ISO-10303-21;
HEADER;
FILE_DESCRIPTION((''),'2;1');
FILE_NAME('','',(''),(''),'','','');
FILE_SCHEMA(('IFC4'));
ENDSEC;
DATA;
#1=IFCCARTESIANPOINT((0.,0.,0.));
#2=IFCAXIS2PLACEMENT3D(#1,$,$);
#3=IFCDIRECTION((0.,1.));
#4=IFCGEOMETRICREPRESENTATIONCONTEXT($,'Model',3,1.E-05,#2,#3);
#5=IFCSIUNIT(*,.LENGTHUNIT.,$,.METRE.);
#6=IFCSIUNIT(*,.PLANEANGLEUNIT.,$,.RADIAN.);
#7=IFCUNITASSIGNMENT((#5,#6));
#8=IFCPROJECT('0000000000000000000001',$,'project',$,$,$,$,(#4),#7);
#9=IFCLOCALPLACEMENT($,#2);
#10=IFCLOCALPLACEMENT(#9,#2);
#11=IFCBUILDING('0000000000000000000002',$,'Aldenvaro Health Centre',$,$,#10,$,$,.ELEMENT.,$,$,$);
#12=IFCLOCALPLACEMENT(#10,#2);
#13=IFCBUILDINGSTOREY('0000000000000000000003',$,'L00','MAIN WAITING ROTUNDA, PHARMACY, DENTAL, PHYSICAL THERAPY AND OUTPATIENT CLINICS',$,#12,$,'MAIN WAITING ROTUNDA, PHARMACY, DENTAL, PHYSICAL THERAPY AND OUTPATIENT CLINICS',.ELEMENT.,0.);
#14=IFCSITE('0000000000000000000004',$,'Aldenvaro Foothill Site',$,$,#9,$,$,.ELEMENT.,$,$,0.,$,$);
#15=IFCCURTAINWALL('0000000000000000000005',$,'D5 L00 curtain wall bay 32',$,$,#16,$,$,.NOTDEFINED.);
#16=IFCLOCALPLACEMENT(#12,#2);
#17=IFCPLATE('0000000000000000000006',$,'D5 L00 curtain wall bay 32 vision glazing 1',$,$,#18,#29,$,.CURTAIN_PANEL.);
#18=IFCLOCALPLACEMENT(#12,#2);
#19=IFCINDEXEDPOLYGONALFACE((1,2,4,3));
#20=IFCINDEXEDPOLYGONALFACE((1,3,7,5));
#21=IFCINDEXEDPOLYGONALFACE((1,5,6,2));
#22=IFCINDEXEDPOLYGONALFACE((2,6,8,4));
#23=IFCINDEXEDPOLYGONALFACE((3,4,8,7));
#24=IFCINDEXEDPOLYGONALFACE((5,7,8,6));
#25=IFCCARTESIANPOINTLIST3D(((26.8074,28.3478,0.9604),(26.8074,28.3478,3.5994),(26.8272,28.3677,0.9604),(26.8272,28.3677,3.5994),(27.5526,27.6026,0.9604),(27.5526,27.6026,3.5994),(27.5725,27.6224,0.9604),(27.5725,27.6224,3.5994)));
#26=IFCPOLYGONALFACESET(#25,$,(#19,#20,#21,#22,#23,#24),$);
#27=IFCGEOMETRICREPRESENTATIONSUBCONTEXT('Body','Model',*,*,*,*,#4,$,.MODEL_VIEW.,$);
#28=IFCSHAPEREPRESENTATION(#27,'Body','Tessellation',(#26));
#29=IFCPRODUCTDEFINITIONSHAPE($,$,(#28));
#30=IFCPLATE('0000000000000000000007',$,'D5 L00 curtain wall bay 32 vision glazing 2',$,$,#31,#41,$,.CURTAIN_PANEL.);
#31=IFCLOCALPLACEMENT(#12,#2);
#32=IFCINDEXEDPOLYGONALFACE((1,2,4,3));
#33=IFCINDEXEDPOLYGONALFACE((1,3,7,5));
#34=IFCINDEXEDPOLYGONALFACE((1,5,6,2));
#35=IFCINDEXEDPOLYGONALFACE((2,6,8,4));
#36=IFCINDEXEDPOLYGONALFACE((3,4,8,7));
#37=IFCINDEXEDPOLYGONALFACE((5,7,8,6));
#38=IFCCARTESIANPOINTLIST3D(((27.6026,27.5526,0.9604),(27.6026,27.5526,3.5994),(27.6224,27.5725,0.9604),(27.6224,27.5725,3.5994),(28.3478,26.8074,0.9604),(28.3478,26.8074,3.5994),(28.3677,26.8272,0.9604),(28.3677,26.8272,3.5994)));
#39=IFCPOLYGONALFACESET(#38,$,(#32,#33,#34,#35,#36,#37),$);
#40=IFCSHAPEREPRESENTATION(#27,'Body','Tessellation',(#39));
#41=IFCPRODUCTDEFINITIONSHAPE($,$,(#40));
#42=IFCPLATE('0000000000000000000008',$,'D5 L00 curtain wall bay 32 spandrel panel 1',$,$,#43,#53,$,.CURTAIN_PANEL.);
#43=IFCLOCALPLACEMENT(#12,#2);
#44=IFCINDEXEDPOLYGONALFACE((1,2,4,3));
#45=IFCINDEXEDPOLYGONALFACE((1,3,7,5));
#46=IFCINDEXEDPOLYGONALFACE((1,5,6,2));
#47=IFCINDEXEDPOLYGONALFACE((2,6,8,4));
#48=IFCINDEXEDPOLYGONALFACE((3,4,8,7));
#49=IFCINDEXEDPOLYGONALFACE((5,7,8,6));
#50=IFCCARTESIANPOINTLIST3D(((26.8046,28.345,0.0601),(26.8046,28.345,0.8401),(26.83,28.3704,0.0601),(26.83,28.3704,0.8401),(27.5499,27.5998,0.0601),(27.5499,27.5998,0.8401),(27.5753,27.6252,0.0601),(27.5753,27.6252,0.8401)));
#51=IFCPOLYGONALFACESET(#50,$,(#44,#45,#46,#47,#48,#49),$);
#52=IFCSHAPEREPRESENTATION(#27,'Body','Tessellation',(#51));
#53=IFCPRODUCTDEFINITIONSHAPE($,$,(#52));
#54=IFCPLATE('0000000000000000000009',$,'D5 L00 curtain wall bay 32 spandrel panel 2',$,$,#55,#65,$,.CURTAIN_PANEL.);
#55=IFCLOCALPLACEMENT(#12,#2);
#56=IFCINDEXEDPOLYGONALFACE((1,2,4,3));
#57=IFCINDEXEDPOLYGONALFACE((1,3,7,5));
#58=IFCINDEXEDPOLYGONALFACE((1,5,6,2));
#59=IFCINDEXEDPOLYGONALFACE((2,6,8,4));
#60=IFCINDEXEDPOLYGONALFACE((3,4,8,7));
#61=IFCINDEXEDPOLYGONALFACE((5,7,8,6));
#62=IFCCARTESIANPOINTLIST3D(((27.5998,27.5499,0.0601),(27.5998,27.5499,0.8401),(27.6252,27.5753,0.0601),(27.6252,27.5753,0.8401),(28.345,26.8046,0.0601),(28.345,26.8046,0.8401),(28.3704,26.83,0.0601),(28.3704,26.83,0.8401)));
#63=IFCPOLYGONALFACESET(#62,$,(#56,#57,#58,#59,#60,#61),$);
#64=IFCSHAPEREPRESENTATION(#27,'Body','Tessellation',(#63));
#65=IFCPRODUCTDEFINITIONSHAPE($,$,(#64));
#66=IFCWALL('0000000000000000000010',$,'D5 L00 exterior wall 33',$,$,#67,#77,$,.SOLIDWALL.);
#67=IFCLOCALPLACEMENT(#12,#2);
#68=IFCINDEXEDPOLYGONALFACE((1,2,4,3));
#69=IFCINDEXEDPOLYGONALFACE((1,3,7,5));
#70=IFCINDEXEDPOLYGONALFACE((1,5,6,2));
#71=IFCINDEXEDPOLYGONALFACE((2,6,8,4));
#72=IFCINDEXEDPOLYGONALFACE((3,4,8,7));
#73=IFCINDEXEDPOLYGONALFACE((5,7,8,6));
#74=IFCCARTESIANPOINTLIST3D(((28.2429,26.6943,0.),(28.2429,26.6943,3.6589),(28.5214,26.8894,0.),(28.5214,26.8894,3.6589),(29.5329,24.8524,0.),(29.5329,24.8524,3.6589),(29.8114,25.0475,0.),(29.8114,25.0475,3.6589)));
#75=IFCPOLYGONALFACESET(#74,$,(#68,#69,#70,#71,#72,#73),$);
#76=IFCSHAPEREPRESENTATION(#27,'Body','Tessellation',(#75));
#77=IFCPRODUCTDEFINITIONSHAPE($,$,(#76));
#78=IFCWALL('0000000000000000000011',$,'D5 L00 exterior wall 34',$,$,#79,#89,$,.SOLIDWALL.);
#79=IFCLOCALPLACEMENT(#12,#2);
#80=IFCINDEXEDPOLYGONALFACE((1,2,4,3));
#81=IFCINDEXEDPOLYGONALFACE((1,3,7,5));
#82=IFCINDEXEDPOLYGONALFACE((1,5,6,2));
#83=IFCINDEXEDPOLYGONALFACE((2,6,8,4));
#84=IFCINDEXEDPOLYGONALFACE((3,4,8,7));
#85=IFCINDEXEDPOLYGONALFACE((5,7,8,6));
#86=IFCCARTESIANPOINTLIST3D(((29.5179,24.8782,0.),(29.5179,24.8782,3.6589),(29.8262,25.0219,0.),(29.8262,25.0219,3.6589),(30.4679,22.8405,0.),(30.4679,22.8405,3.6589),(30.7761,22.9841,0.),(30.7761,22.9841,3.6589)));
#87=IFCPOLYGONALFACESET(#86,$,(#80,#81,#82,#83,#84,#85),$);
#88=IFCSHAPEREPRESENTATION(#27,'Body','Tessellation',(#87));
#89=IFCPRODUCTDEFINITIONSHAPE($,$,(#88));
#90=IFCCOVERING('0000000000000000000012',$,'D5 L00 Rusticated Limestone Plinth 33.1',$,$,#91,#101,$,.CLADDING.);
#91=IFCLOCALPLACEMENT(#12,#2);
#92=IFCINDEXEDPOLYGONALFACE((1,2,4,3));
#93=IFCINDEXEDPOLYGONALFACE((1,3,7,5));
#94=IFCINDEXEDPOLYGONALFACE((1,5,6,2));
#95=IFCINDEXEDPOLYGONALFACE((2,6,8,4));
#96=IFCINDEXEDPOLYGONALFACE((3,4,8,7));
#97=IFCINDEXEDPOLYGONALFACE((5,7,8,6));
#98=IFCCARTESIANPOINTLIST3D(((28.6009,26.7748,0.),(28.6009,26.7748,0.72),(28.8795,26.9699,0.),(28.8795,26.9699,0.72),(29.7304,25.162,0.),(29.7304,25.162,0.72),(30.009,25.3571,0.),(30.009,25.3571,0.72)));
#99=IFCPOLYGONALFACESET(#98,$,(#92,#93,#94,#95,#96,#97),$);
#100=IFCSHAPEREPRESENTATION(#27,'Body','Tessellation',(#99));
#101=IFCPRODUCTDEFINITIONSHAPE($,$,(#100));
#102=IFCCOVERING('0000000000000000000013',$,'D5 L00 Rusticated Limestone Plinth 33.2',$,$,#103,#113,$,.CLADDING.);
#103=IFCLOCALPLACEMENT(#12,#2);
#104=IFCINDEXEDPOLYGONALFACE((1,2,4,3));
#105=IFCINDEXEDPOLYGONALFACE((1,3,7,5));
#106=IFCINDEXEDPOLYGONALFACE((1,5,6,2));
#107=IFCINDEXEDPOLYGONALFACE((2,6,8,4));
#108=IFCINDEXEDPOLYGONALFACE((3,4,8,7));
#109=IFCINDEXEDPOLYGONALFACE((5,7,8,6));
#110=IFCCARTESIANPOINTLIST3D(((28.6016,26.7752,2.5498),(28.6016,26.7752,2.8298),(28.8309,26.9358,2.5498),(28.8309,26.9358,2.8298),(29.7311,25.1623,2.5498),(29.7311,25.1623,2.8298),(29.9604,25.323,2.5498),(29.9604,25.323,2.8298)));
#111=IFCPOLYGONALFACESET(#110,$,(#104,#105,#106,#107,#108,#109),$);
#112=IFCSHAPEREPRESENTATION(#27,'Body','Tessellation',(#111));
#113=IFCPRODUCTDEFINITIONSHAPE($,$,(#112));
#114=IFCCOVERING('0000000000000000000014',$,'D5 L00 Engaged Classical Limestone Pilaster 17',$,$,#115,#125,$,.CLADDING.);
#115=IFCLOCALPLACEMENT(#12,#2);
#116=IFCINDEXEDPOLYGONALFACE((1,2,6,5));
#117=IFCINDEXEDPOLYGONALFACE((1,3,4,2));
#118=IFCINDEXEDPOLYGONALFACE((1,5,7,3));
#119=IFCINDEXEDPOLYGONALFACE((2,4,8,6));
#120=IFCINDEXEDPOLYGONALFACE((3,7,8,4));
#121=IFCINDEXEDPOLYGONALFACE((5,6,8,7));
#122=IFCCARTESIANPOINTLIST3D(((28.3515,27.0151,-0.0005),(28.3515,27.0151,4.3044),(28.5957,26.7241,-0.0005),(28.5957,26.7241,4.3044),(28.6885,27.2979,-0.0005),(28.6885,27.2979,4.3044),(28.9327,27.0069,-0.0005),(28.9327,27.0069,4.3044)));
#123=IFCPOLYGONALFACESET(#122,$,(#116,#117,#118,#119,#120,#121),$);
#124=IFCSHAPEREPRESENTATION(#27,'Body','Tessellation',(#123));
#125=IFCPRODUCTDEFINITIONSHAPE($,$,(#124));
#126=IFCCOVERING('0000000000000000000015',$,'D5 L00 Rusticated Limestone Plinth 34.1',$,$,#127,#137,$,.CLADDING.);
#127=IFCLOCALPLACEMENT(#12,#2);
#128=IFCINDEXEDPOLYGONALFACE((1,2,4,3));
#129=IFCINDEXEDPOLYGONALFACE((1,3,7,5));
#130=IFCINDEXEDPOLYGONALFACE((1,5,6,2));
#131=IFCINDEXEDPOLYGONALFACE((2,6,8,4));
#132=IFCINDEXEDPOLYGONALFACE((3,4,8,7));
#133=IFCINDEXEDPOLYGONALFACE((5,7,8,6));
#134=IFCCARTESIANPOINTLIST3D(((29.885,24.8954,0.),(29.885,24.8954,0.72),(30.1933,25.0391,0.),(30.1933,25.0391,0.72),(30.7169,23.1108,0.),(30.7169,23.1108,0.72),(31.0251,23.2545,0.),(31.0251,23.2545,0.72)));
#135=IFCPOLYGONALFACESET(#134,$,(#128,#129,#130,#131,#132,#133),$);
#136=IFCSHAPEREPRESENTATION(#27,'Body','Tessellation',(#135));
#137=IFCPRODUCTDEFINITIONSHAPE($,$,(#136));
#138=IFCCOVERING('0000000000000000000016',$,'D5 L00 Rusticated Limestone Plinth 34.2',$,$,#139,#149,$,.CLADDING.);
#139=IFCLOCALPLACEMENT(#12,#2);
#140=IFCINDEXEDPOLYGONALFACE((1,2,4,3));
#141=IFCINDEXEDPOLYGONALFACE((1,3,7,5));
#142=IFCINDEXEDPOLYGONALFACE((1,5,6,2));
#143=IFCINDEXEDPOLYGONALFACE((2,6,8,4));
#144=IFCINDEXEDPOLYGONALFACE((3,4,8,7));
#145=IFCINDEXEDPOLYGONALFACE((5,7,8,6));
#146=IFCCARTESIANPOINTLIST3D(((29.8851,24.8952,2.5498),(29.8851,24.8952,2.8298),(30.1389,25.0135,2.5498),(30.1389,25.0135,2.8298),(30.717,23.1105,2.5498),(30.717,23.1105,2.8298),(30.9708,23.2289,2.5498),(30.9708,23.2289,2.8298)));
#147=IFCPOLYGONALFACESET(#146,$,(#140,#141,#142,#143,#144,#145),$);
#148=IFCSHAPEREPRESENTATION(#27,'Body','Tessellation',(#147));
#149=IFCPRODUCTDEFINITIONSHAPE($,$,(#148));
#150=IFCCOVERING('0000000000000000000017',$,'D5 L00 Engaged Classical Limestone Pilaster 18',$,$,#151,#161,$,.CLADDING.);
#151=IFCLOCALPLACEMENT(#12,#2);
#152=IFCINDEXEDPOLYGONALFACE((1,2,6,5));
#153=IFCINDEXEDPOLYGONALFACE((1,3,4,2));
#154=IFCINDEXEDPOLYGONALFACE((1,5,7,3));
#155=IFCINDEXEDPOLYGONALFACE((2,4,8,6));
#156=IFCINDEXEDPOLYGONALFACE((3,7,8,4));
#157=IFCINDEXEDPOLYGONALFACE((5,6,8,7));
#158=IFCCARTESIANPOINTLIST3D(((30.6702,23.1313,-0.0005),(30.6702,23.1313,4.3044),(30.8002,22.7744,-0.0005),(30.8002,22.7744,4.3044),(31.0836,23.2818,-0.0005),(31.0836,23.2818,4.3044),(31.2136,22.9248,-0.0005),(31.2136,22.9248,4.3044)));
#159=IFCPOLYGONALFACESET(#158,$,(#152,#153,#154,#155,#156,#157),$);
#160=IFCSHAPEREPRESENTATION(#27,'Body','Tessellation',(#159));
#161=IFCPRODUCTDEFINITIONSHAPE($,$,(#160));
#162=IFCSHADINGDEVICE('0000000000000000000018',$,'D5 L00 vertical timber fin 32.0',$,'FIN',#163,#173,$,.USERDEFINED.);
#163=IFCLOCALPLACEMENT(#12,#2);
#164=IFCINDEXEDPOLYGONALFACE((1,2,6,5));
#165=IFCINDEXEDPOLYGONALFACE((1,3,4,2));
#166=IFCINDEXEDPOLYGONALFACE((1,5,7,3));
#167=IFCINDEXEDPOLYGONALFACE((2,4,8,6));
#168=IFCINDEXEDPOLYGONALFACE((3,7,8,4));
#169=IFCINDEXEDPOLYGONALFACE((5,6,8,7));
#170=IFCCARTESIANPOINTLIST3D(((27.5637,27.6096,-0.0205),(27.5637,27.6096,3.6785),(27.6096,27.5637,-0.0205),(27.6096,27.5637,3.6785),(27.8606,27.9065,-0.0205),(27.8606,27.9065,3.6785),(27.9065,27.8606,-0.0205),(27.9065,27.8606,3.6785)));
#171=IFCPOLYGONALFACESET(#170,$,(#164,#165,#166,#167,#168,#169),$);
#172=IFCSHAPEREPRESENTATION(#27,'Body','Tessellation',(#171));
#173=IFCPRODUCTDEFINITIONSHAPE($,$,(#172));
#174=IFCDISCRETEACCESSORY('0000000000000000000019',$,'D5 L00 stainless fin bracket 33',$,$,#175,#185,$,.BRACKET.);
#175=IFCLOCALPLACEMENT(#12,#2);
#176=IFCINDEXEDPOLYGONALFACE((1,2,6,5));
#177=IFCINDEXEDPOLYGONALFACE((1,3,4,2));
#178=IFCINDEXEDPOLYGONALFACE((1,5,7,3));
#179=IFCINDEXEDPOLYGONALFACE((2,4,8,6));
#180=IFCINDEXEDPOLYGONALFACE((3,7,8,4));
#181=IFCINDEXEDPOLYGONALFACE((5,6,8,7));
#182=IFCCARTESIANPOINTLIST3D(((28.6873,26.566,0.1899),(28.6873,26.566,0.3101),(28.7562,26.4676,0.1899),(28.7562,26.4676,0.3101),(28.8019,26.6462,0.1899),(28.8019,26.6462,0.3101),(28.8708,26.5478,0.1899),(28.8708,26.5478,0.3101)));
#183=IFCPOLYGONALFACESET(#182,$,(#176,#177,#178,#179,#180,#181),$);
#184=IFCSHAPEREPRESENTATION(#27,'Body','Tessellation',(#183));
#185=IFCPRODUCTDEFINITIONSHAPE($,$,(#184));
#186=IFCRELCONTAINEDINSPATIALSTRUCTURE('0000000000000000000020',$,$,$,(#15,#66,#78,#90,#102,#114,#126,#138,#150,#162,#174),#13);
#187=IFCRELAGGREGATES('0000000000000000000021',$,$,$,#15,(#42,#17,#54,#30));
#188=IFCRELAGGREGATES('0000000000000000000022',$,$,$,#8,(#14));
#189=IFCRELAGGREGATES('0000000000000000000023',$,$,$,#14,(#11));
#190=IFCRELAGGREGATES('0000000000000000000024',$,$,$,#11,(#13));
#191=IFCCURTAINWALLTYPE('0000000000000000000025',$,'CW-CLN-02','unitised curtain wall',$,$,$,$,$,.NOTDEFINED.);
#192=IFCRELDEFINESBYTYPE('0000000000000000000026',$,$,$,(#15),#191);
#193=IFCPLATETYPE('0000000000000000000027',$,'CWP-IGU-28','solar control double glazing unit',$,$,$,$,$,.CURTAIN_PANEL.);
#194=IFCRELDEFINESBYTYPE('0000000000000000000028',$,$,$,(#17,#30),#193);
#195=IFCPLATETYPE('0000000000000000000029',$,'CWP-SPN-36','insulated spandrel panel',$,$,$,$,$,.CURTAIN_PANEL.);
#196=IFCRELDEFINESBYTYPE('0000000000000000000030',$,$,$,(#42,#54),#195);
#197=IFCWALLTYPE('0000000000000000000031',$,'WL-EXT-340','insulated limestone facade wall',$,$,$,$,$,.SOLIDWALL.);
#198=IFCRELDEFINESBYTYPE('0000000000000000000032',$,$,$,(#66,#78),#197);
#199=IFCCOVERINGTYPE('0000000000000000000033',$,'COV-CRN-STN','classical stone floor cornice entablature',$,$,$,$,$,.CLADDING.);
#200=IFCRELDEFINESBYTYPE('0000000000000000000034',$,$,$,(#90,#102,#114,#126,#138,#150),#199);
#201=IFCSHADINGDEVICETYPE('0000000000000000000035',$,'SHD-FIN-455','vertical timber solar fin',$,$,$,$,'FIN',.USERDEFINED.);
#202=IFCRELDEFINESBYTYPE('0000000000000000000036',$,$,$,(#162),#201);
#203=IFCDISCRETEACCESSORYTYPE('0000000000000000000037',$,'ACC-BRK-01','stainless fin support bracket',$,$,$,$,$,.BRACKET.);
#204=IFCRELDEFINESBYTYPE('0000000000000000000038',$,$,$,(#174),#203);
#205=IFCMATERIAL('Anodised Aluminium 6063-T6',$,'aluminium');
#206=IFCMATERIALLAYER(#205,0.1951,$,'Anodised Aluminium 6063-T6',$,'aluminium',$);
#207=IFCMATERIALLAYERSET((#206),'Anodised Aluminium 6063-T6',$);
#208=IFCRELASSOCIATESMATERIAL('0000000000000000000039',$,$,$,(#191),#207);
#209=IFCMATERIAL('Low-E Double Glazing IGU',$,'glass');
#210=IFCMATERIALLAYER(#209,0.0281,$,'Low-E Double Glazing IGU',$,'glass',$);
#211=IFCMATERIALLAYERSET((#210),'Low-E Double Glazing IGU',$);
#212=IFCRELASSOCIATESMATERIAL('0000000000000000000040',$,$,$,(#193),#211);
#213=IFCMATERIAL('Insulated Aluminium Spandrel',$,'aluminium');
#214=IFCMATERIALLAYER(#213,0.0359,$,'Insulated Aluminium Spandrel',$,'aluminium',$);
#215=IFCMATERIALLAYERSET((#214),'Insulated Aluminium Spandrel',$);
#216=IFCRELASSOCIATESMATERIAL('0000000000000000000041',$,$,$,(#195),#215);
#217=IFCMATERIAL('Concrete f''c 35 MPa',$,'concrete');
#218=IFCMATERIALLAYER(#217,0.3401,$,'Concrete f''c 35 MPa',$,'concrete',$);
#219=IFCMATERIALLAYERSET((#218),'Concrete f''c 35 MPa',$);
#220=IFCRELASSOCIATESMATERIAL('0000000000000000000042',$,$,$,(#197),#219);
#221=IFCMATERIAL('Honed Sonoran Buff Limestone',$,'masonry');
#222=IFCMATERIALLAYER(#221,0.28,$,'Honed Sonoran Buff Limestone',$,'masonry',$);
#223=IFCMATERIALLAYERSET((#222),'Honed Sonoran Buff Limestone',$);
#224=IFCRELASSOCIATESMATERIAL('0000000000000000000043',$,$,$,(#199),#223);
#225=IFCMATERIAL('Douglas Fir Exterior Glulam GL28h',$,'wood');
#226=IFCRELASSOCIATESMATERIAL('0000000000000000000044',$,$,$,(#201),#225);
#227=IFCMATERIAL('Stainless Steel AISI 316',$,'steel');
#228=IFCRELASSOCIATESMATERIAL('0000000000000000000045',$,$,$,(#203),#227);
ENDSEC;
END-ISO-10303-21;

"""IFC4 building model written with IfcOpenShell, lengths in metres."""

from ifc_helpers import new_model, si_unit, direction, frame, frame_2d, origin, origin_2d, place, context, subcontext, project, spatial, rectangle, extrude, material, layer, layer_set, type_object, element, aggregate, save


model = new_model("IFC4")

# Units and contexts
model_context = context("Model", 3, precision=1e-05, world=origin(), true_north=direction((0.0, 1.0)))
body_context = subcontext(model_context, "Body", "Model", "MODEL_VIEW")
ifc_project = project(units=[si_unit("LENGTHUNIT", "METRE"), si_unit("PLANEANGLEUNIT", "RADIAN")], contexts=[model_context])

# Site, building, storey
site_placement = place(None, origin())
site = spatial("IfcSite", under=ifc_project, at=site_placement, Name="Aldenvaro Foothill Site", CompositionType="ELEMENT", RefElevation=0.0)
building_placement = place(site_placement, origin())
building = spatial("IfcBuilding", under=site, at=building_placement, Name="Aldenvaro Health Centre", CompositionType="ELEMENT")
storey_placement = place(building_placement, origin())
storey = spatial("IfcBuildingStorey", under=building, at=storey_placement, Name="L00", Description="MAIN WAITING ROTUNDA, PHARMACY, DENTAL, PHYSICAL THERAPY AND OUTPATIENT CLINICS", LongName="MAIN WAITING ROTUNDA, PHARMACY, DENTAL, PHYSICAL THERAPY AND OUTPATIENT CLINICS", CompositionType="ELEMENT", Elevation=0.0)

# Curtain wall
ifc_material_1 = material(Name="Anodised Aluminium 6063-T6", Category="aluminium")
ifc_layer_1 = layer(ifc_material_1, 0.1951, Name="Anodised Aluminium 6063-T6", Category="aluminium")
ifc_layer_set_1 = layer_set([ifc_layer_1], Name="Anodised Aluminium 6063-T6")
curtain_wall_type = type_object("IfcCurtainWallType", Name="CW-CLN-02", Description="unitised curtain wall", PredefinedType="NOTDEFINED", material=ifc_layer_set_1)
curtain_wall_placement = place(storey_placement, origin())
curtain_wall = element("IfcCurtainWall", 1, at=curtain_wall_placement, inside=storey, type_object=curtain_wall_type, Name="D5 L00 curtain wall bay 32", PredefinedType="NOTDEFINED")

# Plates
ifc_material_2 = material(Name="Low-E Double Glazing IGU", Category="glass")
ifc_layer_2 = layer(ifc_material_2, 0.0281, Name="Low-E Double Glazing IGU", Category="glass")
ifc_layer_set_2 = layer_set([ifc_layer_2], Name="Low-E Double Glazing IGU")
plate_type_1 = type_object("IfcPlateType", Name="CWP-IGU-28", Description="solar control double glazing unit", PredefinedType="CURTAIN_PANEL", material=ifc_layer_set_2)
plate_1_placement = place(storey_placement, frame((27.1899, 27.9851, 0.9604), z_axis=(0.0, 0.0, 1.0), x_axis=(0.707107, -0.707107, 0.0)))
plate_1 = element("IfcPlate", 2, at=plate_1_placement, type_object=plate_type_1, Name="D5 L00 curtain wall bay 32 vision glazing 1", PredefinedType="CURTAIN_PANEL", context=body_context, shape_type="SweptSolid", body=[
    extrude(rectangle(XDim=1.054, YDim=0.0281, at=origin_2d()), origin(), (0.0, 0.0, 1.0), 2.6389),
])
plate_2_placement = place(storey_placement, frame((27.9851, 27.1899, 0.9604), z_axis=(0.0, 0.0, 1.0), x_axis=(0.707107, -0.707107, 0.0)))
plate_2 = element("IfcPlate", 3, at=plate_2_placement, type_object=plate_type_1, Name="D5 L00 curtain wall bay 32 vision glazing 2", PredefinedType="CURTAIN_PANEL", context=body_context, shape_type="SweptSolid", body=[
    extrude(rectangle(XDim=1.054, YDim=0.0281, at=origin_2d()), origin(), (0.0, 0.0, 1.0), 2.6389),
])
ifc_material_3 = material(Name="Insulated Aluminium Spandrel", Category="aluminium")
ifc_layer_3 = layer(ifc_material_3, 0.0359, Name="Insulated Aluminium Spandrel", Category="aluminium")
ifc_layer_set_3 = layer_set([ifc_layer_3], Name="Insulated Aluminium Spandrel")
plate_type_2 = type_object("IfcPlateType", Name="CWP-SPN-36", Description="insulated spandrel panel", PredefinedType="CURTAIN_PANEL", material=ifc_layer_set_3)
plate_3_placement = place(storey_placement, frame((27.1899, 27.9851, 0.0601), z_axis=(0.0, 0.0, 1.0), x_axis=(0.707107, -0.707107, 0.0)))
plate_3 = element("IfcPlate", 4, at=plate_3_placement, type_object=plate_type_2, Name="D5 L00 curtain wall bay 32 spandrel panel 1", PredefinedType="CURTAIN_PANEL", context=body_context, shape_type="SweptSolid", body=[
    extrude(rectangle(XDim=1.054, YDim=0.0359, at=origin_2d()), origin(), (0.0, 0.0, 1.0), 0.78),
])
plate_4_placement = place(storey_placement, frame((27.9851, 27.1899, 0.0601), z_axis=(0.0, 0.0, 1.0), x_axis=(0.707107, -0.707107, 0.0)))
plate_4 = element("IfcPlate", 5, at=plate_4_placement, type_object=plate_type_2, Name="D5 L00 curtain wall bay 32 spandrel panel 2", PredefinedType="CURTAIN_PANEL", context=body_context, shape_type="SweptSolid", body=[
    extrude(rectangle(XDim=1.054, YDim=0.0359, at=origin_2d()), origin(), (0.0, 0.0, 1.0), 0.78),
])
aggregate(curtain_wall, [plate_3, plate_1, plate_4, plate_2])

# Walls
ifc_material_4 = material(Name="Concrete f'c 35 MPa", Category="concrete")
ifc_layer_4 = layer(ifc_material_4, 0.3401, Name="Concrete f'c 35 MPa", Category="concrete")
ifc_layer_set_4 = layer_set([ifc_layer_4], Name="Concrete f'c 35 MPa")
wall_type = type_object("IfcWallType", Name="WL-EXT-340", Description="insulated limestone facade wall", PredefinedType="SOLIDWALL", material=ifc_layer_set_4)
wall_1_placement = place(storey_placement, frame((28.3821, 26.792, 0.0), z_axis=(0.0, 0.0, 1.0), x_axis=(0.573644, -0.819104, 0.0)))
element("IfcWall", 6, at=wall_1_placement, inside=storey, type_object=wall_type, Name="D5 L00 exterior wall 33", PredefinedType="SOLIDWALL", context=body_context, shape_type="SweptSolid", body=[
    extrude(rectangle(XDim=2.2488, YDim=0.3401, at=frame_2d((1.1245, 0.0))), origin(), (0.0, 0.0, 1.0), 3.6589),
])
wall_2_placement = place(storey_placement, frame((29.6721, 24.95, 0.0), z_axis=(0.0, 0.0, 1.0), x_axis=(0.422505, -0.906361, 0.0)))
element("IfcWall", 7, at=wall_2_placement, inside=storey, type_object=wall_type, Name="D5 L00 exterior wall 34", PredefinedType="SOLIDWALL", context=body_context, shape_type="SweptSolid", body=[
    extrude(rectangle(XDim=2.2483, YDim=0.3401, at=frame_2d((1.124, 0.0))), origin(), (0.0, 0.0, 1.0), 3.6589),
])

# Coverings
ifc_material_5 = material(Name="Honed Sonoran Buff Limestone", Category="masonry")
ifc_layer_5 = layer(ifc_material_5, 0.28, Name="Honed Sonoran Buff Limestone", Category="masonry")
ifc_layer_set_5 = layer_set([ifc_layer_5], Name="Honed Sonoran Buff Limestone")
covering_type = type_object("IfcCoveringType", Name="COV-CRN-STN", Description="classical stone floor cornice entablature", PredefinedType="CLADDING", material=ifc_layer_set_5)
covering_1_placement = place(storey_placement, frame((29.3049, 26.0659, 0.0), z_axis=(0.0, 0.0, 1.0), x_axis=(0.573641, -0.819107, 0.0)))
element("IfcCovering", 8, at=covering_1_placement, inside=storey, type_object=covering_type, Name="D5 L00 Rusticated Limestone Plinth 33.1", PredefinedType="CLADDING", context=body_context, shape_type="SweptSolid", body=[
    extrude(rectangle(XDim=1.969, YDim=0.3401, at=origin_2d()), origin(), (0.0, 0.0, 1.0), 0.72),
])
covering_2_placement = place(storey_placement, frame((29.281, 26.0491, 2.5498), z_axis=(0.0, 0.0, 1.0), x_axis=(0.573641, -0.819107, 0.0)))
element("IfcCovering", 9, at=covering_2_placement, inside=storey, type_object=covering_type, Name="D5 L00 Rusticated Limestone Plinth 33.2", PredefinedType="CLADDING", context=body_context, shape_type="SweptSolid", body=[
    extrude(rectangle(XDim=1.969, YDim=0.28, at=origin_2d()), origin(), (0.0, 0.0, 1.0), 0.28),
])
covering_3_placement = place(storey_placement, frame((28.6421, 27.011, -0.0005), z_axis=(0.0, 0.0, 1.0), x_axis=(0.766044, 0.642788, 0.0)))
element("IfcCovering", 10, at=covering_3_placement, inside=storey, type_object=covering_type, Name="D5 L00 Engaged Classical Limestone Pilaster 17", PredefinedType="CLADDING", context=body_context, shape_type="SweptSolid", body=[
    extrude(rectangle(XDim=0.4399, YDim=0.3799, at=origin_2d()), origin(), (0.0, 0.0, 1.0), 4.3049),
])
covering_4_placement = place(storey_placement, frame((30.4551, 24.075, 0.0), z_axis=(0.0, 0.0, 1.0), x_axis=(0.422496, -0.906365, 0.0)))
element("IfcCovering", 11, at=covering_4_placement, inside=storey, type_object=covering_type, Name="D5 L00 Rusticated Limestone Plinth 34.1", PredefinedType="CLADDING", context=body_context, shape_type="SweptSolid", body=[
    extrude(rectangle(XDim=1.969, YDim=0.3401, at=origin_2d()), origin(), (0.0, 0.0, 1.0), 0.72),
])
covering_5_placement = place(storey_placement, frame((30.428, 24.062, 2.5498), z_axis=(0.0, 0.0, 1.0), x_axis=(0.422496, -0.906365, 0.0)))
element("IfcCovering", 12, at=covering_5_placement, inside=storey, type_object=covering_type, Name="D5 L00 Rusticated Limestone Plinth 34.2", PredefinedType="CLADDING", context=body_context, shape_type="SweptSolid", body=[
    extrude(rectangle(XDim=1.969, YDim=0.28, at=origin_2d()), origin(), (0.0, 0.0, 1.0), 0.28),
])
covering_6_placement = place(storey_placement, frame((30.9419, 23.0281, -0.0005), z_axis=(0.0, 0.0, 1.0), x_axis=(0.939694, 0.342017, 0.0)))
element("IfcCovering", 13, at=covering_6_placement, inside=storey, type_object=covering_type, Name="D5 L00 Engaged Classical Limestone Pilaster 18", PredefinedType="CLADDING", context=body_context, shape_type="SweptSolid", body=[
    extrude(rectangle(XDim=0.4399, YDim=0.3799, at=origin_2d()), origin(), (0.0, 0.0, 1.0), 4.3049),
])

# Shading device
ifc_material_6 = material(Name="Douglas Fir Exterior Glulam GL28h", Category="wood")
shading_device_type = type_object("IfcShadingDeviceType", Name="SHD-FIN-455", Description="vertical timber solar fin", ElementType="FIN", PredefinedType="USERDEFINED", material=ifc_material_6)
shading_device_placement = place(storey_placement, frame((27.7351, 27.7351, -0.0205), z_axis=(0.0, 0.0, 1.0), x_axis=(0.707107, -0.707107, 0.0)))
element("IfcShadingDevice", 14, at=shading_device_placement, inside=storey, type_object=shading_device_type, Name="D5 L00 vertical timber fin 32.0", ObjectType="FIN", PredefinedType="USERDEFINED", context=body_context, shape_type="SweptSolid", body=[
    extrude(rectangle(XDim=0.0649, YDim=0.4199, at=origin_2d()), origin(), (0.0, 0.0, 1.0), 3.699),
])

# Discrete accessory
ifc_material_7 = material(Name="Stainless Steel AISI 316", Category="steel")
discrete_accessory_type = type_object("IfcDiscreteAccessoryType", Name="ACC-BRK-01", Description="stainless fin support bracket", PredefinedType="BRACKET", material=ifc_material_7)
discrete_accessory_placement = place(storey_placement, frame((28.7791, 26.5569, 0.1899), z_axis=(0.0, 0.0, 1.0), x_axis=(0.573641, -0.819107, 0.0)))
element("IfcDiscreteAccessory", 15, at=discrete_accessory_placement, inside=storey, type_object=discrete_accessory_type, Name="D5 L00 stainless fin bracket 33", PredefinedType="BRACKET", context=body_context, shape_type="SweptSolid", body=[
    extrude(rectangle(XDim=0.1201, YDim=0.1399, at=origin_2d()), origin(), (0.0, 0.0, 1.0), 0.1201),
])

save(model, "model.ifc")
